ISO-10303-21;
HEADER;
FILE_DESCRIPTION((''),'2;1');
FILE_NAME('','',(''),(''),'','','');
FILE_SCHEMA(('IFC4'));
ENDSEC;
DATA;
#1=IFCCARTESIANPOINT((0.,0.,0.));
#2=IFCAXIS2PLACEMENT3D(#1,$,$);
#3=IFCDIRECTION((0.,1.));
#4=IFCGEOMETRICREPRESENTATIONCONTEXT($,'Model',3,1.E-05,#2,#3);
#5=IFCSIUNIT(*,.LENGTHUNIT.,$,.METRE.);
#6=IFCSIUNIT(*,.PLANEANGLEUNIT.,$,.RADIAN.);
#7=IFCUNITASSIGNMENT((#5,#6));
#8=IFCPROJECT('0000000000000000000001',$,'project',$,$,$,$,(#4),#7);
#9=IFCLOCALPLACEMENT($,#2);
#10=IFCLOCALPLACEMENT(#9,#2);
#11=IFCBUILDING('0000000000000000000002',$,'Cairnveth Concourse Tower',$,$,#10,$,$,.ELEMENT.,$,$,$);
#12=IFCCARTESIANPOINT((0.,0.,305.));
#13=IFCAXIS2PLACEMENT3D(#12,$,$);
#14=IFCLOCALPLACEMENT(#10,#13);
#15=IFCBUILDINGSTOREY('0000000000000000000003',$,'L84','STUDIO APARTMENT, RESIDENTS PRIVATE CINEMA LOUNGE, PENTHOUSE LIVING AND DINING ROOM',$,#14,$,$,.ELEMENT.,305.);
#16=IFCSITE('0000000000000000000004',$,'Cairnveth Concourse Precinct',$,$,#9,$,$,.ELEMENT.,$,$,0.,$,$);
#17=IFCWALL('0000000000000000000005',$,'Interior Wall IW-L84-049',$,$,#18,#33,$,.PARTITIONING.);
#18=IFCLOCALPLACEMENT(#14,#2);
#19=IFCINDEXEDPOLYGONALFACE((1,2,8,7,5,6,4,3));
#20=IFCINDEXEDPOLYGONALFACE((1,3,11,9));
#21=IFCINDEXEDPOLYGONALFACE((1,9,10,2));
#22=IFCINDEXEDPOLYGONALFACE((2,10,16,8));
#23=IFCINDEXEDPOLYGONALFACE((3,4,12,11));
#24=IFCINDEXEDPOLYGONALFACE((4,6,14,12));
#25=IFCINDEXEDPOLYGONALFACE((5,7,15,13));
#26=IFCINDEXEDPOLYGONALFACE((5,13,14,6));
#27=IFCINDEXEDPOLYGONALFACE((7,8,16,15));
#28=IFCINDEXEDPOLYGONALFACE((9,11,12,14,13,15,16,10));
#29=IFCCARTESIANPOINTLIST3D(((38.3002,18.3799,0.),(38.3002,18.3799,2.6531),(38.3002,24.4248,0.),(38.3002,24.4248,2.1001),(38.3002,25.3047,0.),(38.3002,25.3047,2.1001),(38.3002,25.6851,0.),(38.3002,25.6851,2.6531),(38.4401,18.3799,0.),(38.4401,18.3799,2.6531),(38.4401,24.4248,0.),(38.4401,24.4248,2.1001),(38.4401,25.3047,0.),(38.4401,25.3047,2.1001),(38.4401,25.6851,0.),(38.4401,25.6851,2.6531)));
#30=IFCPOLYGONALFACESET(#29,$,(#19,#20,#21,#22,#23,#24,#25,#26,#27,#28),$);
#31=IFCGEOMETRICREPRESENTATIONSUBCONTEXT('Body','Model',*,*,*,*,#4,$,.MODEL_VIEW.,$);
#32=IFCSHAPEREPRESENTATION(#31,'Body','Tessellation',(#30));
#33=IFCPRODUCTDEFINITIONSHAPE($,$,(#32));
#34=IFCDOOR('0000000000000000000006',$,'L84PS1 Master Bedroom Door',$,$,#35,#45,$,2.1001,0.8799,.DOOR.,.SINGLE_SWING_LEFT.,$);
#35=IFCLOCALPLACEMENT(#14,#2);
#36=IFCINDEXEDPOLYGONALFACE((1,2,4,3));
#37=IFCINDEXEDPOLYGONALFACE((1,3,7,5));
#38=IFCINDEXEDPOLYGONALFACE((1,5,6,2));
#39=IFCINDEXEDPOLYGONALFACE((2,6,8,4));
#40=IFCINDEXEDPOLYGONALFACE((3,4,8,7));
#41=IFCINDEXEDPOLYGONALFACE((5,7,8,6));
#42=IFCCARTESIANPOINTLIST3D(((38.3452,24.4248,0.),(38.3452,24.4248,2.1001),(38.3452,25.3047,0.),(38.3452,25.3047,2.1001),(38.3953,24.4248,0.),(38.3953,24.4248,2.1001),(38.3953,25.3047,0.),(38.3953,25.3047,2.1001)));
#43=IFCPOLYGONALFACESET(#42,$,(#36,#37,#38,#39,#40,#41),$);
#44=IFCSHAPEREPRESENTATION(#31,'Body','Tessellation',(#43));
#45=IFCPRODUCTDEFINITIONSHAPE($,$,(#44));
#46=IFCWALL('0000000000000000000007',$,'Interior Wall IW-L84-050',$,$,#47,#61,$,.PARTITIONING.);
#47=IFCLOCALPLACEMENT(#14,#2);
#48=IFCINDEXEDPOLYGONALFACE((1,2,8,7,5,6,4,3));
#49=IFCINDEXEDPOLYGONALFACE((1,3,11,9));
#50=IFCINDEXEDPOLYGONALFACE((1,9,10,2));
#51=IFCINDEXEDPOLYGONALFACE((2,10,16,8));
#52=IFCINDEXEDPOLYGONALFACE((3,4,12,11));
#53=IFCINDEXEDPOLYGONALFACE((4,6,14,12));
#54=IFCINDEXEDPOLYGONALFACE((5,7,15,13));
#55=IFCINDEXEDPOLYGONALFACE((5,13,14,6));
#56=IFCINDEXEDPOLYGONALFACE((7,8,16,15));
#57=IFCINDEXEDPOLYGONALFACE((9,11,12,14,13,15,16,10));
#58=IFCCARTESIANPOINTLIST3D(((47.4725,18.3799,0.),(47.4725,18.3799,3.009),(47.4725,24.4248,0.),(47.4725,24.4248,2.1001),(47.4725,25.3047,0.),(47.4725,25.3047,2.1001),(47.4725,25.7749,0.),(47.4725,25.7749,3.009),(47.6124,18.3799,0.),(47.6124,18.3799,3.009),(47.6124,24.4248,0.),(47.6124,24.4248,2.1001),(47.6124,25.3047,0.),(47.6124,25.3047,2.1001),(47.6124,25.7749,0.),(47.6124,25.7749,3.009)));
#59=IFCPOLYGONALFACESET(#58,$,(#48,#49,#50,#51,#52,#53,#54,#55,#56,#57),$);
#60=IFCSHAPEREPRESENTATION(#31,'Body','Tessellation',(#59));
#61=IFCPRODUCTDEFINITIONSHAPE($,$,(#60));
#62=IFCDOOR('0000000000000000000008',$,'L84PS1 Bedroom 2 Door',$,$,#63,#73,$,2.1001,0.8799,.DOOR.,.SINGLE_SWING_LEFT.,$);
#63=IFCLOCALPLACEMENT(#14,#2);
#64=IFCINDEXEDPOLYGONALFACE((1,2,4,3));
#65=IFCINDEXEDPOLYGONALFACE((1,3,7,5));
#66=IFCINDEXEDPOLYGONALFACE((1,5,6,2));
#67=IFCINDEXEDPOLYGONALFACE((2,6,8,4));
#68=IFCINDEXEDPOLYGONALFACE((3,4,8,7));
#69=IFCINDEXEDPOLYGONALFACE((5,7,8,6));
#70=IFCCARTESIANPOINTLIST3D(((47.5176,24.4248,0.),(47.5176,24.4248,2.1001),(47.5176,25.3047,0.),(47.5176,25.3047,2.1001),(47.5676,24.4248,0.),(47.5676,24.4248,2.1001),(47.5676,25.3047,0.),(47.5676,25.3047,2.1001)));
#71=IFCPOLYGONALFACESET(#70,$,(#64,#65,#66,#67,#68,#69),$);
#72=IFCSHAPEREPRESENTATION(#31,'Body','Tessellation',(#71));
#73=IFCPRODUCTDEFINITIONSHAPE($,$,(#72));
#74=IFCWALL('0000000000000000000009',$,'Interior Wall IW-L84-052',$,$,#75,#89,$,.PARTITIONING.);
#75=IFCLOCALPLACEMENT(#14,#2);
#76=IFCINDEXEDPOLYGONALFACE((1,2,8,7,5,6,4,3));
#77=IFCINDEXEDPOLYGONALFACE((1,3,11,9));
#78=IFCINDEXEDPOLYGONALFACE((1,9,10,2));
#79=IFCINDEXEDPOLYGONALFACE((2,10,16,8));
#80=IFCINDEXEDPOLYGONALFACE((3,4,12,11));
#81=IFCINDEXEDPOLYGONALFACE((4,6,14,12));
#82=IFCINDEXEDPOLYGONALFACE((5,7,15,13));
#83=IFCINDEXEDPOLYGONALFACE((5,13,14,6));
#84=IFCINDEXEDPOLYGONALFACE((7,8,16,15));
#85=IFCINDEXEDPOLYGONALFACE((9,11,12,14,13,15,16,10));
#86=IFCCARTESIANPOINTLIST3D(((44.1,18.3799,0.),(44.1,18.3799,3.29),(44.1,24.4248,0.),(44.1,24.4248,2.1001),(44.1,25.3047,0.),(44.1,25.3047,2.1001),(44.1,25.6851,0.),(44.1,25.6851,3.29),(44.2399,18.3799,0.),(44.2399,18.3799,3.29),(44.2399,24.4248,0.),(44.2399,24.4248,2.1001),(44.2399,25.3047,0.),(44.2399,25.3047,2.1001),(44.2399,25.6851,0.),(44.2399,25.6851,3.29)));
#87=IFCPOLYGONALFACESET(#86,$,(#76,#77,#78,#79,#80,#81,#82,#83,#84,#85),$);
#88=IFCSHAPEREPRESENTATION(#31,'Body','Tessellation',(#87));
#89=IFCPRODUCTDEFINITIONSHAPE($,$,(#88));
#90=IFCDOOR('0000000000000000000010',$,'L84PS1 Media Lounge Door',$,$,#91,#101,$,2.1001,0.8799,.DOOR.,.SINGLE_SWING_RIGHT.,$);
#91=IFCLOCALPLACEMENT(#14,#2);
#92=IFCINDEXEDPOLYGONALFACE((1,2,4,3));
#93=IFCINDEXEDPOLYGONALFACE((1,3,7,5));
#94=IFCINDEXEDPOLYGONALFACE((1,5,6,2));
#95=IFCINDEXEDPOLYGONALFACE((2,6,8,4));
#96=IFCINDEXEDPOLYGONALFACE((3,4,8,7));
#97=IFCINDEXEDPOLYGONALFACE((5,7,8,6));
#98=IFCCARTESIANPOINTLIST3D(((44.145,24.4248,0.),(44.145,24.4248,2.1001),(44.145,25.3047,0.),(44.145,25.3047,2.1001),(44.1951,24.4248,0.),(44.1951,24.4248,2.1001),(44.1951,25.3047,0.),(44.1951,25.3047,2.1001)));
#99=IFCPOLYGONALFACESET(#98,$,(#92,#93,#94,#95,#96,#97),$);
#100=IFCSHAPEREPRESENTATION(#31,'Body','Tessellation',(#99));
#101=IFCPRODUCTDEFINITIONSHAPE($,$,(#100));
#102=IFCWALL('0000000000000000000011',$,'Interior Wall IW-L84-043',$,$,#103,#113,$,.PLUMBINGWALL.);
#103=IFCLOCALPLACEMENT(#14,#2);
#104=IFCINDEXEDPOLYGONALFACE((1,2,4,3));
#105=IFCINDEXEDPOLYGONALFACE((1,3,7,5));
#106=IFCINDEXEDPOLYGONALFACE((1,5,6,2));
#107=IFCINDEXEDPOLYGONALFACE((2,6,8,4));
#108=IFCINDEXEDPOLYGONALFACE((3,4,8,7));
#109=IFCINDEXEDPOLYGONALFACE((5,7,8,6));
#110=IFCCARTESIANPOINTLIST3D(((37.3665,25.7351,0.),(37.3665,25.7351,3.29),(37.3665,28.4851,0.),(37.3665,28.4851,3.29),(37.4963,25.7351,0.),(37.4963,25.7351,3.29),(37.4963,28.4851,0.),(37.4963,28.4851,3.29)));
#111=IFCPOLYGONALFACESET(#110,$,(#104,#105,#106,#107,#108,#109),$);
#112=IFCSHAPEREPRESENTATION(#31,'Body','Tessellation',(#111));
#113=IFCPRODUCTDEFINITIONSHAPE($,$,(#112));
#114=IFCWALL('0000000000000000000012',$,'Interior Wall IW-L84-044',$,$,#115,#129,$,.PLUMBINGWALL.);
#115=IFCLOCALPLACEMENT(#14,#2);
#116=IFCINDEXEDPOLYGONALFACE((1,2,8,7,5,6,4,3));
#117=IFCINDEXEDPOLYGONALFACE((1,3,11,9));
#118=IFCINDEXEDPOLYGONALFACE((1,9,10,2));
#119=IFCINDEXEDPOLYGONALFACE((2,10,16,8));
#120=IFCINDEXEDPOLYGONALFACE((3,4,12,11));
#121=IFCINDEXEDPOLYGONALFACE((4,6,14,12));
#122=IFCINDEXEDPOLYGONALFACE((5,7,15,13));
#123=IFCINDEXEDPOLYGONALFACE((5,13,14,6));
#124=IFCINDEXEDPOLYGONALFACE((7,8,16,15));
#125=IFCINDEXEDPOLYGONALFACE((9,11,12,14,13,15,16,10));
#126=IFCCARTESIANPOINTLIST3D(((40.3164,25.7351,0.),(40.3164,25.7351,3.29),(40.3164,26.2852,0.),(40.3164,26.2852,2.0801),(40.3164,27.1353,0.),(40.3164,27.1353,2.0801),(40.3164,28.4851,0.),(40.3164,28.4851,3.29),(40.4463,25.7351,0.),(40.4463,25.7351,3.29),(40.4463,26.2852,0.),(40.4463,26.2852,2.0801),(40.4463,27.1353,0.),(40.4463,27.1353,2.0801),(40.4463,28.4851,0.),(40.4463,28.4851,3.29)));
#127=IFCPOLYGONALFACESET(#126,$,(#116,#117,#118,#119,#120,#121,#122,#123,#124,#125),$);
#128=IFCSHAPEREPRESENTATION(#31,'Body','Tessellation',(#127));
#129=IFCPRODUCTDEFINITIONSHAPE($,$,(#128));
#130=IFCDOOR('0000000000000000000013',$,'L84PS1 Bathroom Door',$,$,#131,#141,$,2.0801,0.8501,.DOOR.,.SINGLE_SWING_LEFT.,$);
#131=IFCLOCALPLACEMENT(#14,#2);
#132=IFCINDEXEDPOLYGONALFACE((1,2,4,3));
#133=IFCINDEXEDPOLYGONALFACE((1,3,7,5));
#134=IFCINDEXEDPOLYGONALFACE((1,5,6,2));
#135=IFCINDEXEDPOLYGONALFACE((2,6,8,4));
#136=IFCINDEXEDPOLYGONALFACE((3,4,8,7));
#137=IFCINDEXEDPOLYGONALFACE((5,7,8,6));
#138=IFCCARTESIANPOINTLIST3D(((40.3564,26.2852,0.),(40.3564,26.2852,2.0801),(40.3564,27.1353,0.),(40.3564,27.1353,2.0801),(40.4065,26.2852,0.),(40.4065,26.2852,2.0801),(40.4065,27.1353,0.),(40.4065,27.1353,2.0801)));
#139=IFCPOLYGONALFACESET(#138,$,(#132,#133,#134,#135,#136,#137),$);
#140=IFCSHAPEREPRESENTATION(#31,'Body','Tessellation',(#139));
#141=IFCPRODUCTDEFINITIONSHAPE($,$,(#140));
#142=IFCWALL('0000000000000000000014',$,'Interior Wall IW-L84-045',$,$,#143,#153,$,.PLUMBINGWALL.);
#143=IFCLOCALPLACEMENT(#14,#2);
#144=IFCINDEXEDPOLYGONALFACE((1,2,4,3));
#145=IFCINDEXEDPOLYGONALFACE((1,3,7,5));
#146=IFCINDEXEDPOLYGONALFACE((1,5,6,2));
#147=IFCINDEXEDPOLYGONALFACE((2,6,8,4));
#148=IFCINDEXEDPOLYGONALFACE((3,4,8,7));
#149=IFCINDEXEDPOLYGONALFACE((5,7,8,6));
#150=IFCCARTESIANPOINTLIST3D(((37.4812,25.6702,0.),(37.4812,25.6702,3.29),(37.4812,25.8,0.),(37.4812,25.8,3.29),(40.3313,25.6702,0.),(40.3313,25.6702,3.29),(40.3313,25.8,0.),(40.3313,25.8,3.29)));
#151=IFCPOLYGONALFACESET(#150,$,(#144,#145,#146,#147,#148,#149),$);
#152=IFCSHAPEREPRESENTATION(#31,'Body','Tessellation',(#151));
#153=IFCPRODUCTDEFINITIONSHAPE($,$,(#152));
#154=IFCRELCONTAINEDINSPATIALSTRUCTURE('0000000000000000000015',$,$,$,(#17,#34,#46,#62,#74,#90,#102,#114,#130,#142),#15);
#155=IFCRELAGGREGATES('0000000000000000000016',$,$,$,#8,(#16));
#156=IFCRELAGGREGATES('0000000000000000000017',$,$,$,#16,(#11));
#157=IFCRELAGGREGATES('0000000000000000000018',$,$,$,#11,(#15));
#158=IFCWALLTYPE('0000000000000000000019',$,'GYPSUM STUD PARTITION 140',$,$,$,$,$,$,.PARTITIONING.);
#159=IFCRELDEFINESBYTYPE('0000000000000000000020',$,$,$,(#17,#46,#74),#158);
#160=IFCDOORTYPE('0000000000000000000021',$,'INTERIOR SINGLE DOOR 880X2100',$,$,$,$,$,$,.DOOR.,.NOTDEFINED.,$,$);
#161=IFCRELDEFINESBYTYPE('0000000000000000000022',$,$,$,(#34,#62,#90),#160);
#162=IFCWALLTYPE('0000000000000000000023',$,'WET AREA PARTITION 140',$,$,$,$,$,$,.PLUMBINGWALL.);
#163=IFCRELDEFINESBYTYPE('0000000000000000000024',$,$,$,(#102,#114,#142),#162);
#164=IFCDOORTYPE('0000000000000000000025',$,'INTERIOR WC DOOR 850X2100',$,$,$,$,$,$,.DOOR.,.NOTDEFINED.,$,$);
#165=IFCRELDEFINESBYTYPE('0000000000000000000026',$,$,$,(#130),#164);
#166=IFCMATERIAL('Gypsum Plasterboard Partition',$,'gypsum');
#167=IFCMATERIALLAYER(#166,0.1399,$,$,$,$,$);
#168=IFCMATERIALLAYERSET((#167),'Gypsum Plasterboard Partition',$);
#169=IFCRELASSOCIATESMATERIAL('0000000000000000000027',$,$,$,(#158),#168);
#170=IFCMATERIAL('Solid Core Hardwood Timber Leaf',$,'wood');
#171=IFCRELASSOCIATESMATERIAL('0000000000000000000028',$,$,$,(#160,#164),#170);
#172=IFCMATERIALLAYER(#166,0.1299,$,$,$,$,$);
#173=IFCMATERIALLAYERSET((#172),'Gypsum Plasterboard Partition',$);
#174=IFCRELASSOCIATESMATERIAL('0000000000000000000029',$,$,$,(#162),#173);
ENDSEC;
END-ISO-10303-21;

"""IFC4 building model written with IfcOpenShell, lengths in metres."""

from ifc_helpers import new_model, si_unit, direction, frame, frame_2d, origin, place, context, subcontext, project, spatial, rectangle, extrude, material, layer, layer_set, type_object, element, fill, save


model = new_model("IFC4")

# Units and contexts
model_context = context("Model", 3, precision=1e-05, world=origin(), true_north=direction((0.0, 1.0)))
body_context = subcontext(model_context, "Body", "Model", "MODEL_VIEW")
ifc_project = project(units=[si_unit("LENGTHUNIT", "METRE"), si_unit("PLANEANGLEUNIT", "RADIAN")], contexts=[model_context])

# Site, building, storey
site_placement = place(None, origin())
site = spatial("IfcSite", under=ifc_project, at=site_placement, Name="Cairnveth Concourse Precinct", CompositionType="ELEMENT", RefElevation=0.0)
building_placement = place(site_placement, origin())
building = spatial("IfcBuilding", under=site, at=building_placement, Name="Cairnveth Concourse Tower", CompositionType="ELEMENT")
storey_placement = place(building_placement, frame((0.0, 0.0, 305.0)))
storey = spatial("IfcBuildingStorey", under=building, at=storey_placement, Name="L84", Description="STUDIO APARTMENT, RESIDENTS PRIVATE CINEMA LOUNGE, PENTHOUSE LIVING AND DINING ROOM", CompositionType="ELEMENT", Elevation=305.0)

# Shared definitions
ifc_material_1 = material(Name="Gypsum Plasterboard Partition", Category="gypsum")

# Walls, openings, doors
ifc_layer_1 = layer(ifc_material_1, 0.1399)
ifc_layer_set_1 = layer_set([ifc_layer_1], Name="Gypsum Plasterboard Partition")
wall_type_1 = type_object("IfcWallType", Name="GYPSUM STUD PARTITION 140", PredefinedType="PARTITIONING", material=ifc_layer_set_1)
wall_1_placement = place(storey_placement, frame((38.3701, 18.3799, 0.0), z_axis=(0.0, 0.0, 1.0), x_axis=(0.0, 1.0, 0.0)))
wall_1 = element("IfcWall", 1, at=wall_1_placement, inside=storey, type_object=wall_type_1, Name="Interior Wall IW-L84-049", PredefinedType="PARTITIONING", context=body_context, shape_type="SweptSolid", body=[
    extrude(rectangle(XDim=7.3052, YDim=0.1399, at=frame_2d((3.6526, 0.0))), origin(), (0.0, 0.0, 1.0), 2.6531),
])
opening_1_placement = place(wall_1_placement, frame((6.0449, 0.0, 0.0)))
opening_1 = element("IfcOpeningElement", 2, at=opening_1_placement, cuts=wall_1, PredefinedType="OPENING", context=body_context, shape_type="SweptSolid", body=[
    extrude(rectangle(XDim=0.8799, YDim=2.1001, at=frame_2d((0.4399, 1.05))), frame((0.0, 0.0798, 0.0), z_axis=(0.0, -1.0, 0.0), x_axis=(1.0, 0.0, 0.0)), (0.0, 0.0, 1.0), 0.1599),
])
ifc_material_2 = material(Name="Solid Core Hardwood Timber Leaf", Category="wood")
door_type_1 = type_object("IfcDoorType", Name="INTERIOR SINGLE DOOR 880X2100", OperationType="NOTDEFINED", PredefinedType="DOOR", material=ifc_material_2)
door_1_placement = place(opening_1_placement, origin())
door_1 = element("IfcDoor", 3, at=door_1_placement, inside=storey, type_object=door_type_1, Name="L84PS1 Master Bedroom Door", OperationType="SINGLE_SWING_LEFT", OverallHeight=2.1001, OverallWidth=0.8799, PredefinedType="DOOR", context=body_context, shape_type="SweptSolid", body=[
    extrude(rectangle(XDim=0.8799, YDim=2.1001, at=frame_2d((0.4399, 1.05))), frame((0.0, 0.0249, 0.0), z_axis=(0.0, -1.0, 0.0), x_axis=(1.0, 0.0, 0.0)), (0.0, 0.0, 1.0), 0.05),
])
fill(opening_1, door_1)
wall_2_placement = place(storey_placement, frame((47.5425, 18.3799, 0.0), z_axis=(0.0, 0.0, 1.0), x_axis=(0.0, 1.0, 0.0)))
wall_2 = element("IfcWall", 4, at=wall_2_placement, inside=storey, type_object=wall_type_1, Name="Interior Wall IW-L84-050", PredefinedType="PARTITIONING", context=body_context, shape_type="SweptSolid", body=[
    extrude(rectangle(XDim=7.395, YDim=0.1399, at=frame_2d((3.6975, 0.0))), origin(), (0.0, 0.0, 1.0), 3.009),
])
opening_2_placement = place(wall_2_placement, frame((6.0449, 0.0, 0.0)))
opening_2 = element("IfcOpeningElement", 5, at=opening_2_placement, cuts=wall_2, PredefinedType="OPENING", context=body_context, shape_type="SweptSolid", body=[
    extrude(rectangle(XDim=0.8799, YDim=2.1001, at=frame_2d((0.4399, 1.05))), frame((0.0, 0.0798, 0.0), z_axis=(0.0, -1.0, 0.0), x_axis=(1.0, 0.0, 0.0)), (0.0, 0.0, 1.0), 0.1599),
])
door_2_placement = place(opening_2_placement, origin())
door_2 = element("IfcDoor", 6, at=door_2_placement, inside=storey, type_object=door_type_1, Name="L84PS1 Bedroom 2 Door", OperationType="SINGLE_SWING_LEFT", OverallHeight=2.1001, OverallWidth=0.8799, PredefinedType="DOOR", context=body_context, shape_type="SweptSolid", body=[
    extrude(rectangle(XDim=0.8799, YDim=2.1001, at=frame_2d((0.4399, 1.05))), frame((0.0, 0.0249, 0.0), z_axis=(0.0, -1.0, 0.0), x_axis=(1.0, 0.0, 0.0)), (0.0, 0.0, 1.0), 0.05),
])
fill(opening_2, door_2)
wall_3_placement = place(storey_placement, frame((44.1699, 18.3799, 0.0), z_axis=(0.0, 0.0, 1.0), x_axis=(0.0, 1.0, 0.0)))
wall_3 = element("IfcWall", 7, at=wall_3_placement, inside=storey, type_object=wall_type_1, Name="Interior Wall IW-L84-052", PredefinedType="PARTITIONING", context=body_context, shape_type="SweptSolid", body=[
    extrude(rectangle(XDim=7.3052, YDim=0.1399, at=frame_2d((3.6526, 0.0))), origin(), (0.0, 0.0, 1.0), 3.29),
])
opening_3_placement = place(wall_3_placement, frame((6.0449, 0.0, 0.0)))
opening_3 = element("IfcOpeningElement", 8, at=opening_3_placement, cuts=wall_3, PredefinedType="OPENING", context=body_context, shape_type="SweptSolid", body=[
    extrude(rectangle(XDim=0.8799, YDim=2.1001, at=frame_2d((0.4399, 1.05))), frame((0.0, 0.0798, 0.0), z_axis=(0.0, -1.0, 0.0), x_axis=(1.0, 0.0, 0.0)), (0.0, 0.0, 1.0), 0.1599),
])
door_3_placement = place(opening_3_placement, origin())
door_3 = element("IfcDoor", 9, at=door_3_placement, inside=storey, type_object=door_type_1, Name="L84PS1 Media Lounge Door", OperationType="SINGLE_SWING_RIGHT", OverallHeight=2.1001, OverallWidth=0.8799, PredefinedType="DOOR", context=body_context, shape_type="SweptSolid", body=[
    extrude(rectangle(XDim=0.8799, YDim=2.1001, at=frame_2d((0.4399, 1.05))), frame((0.0, 0.0249, 0.0), z_axis=(0.0, -1.0, 0.0), x_axis=(1.0, 0.0, 0.0)), (0.0, 0.0, 1.0), 0.05),
])
fill(opening_3, door_3)

# Wall
ifc_layer_2 = layer(ifc_material_1, 0.1299)
ifc_layer_set_2 = layer_set([ifc_layer_2], Name="Gypsum Plasterboard Partition")
wall_type_2 = type_object("IfcWallType", Name="WET AREA PARTITION 140", PredefinedType="PLUMBINGWALL", material=ifc_layer_set_2)
wall_4_placement = place(storey_placement, frame((37.4314, 25.7351, 0.0), z_axis=(0.0, 0.0, 1.0), x_axis=(0.0, 1.0, 0.0)))
element("IfcWall", 10, at=wall_4_placement, inside=storey, type_object=wall_type_2, Name="Interior Wall IW-L84-043", PredefinedType="PLUMBINGWALL", context=body_context, shape_type="SweptSolid", body=[
    extrude(rectangle(XDim=2.75, YDim=0.1299, at=frame_2d((1.375, 0.0))), origin(), (0.0, 0.0, 1.0), 3.29),
])

# Wall, opening, door
wall_5_placement = place(storey_placement, frame((40.3813, 25.7351, 0.0), z_axis=(0.0, 0.0, 1.0), x_axis=(0.0, 1.0, 0.0)))
wall_5 = element("IfcWall", 11, at=wall_5_placement, inside=storey, type_object=wall_type_2, Name="Interior Wall IW-L84-044", PredefinedType="PLUMBINGWALL", context=body_context, shape_type="SweptSolid", body=[
    extrude(rectangle(XDim=2.75, YDim=0.1299, at=frame_2d((1.375, 0.0))), origin(), (0.0, 0.0, 1.0), 3.29),
])
opening_4_placement = place(wall_5_placement, frame((0.55, 0.0, 0.0)))
opening_4 = element("IfcOpeningElement", 12, at=opening_4_placement, cuts=wall_5, PredefinedType="OPENING", context=body_context, shape_type="SweptSolid", body=[
    extrude(rectangle(XDim=0.8501, YDim=2.0801, at=frame_2d((0.425, 1.04))), frame((0.0, 0.075, 0.0), z_axis=(0.0, -1.0, 0.0), x_axis=(1.0, 0.0, 0.0)), (0.0, 0.0, 1.0), 0.1499),
])
door_type_2 = type_object("IfcDoorType", Name="INTERIOR WC DOOR 850X2100", OperationType="NOTDEFINED", PredefinedType="DOOR", material=ifc_material_2)
door_4_placement = place(opening_4_placement, origin())
door_4 = element("IfcDoor", 13, at=door_4_placement, inside=storey, type_object=door_type_2, Name="L84PS1 Bathroom Door", OperationType="SINGLE_SWING_LEFT", OverallHeight=2.0801, OverallWidth=0.8501, PredefinedType="DOOR", context=body_context, shape_type="SweptSolid", body=[
    extrude(rectangle(XDim=0.8501, YDim=2.0801, at=frame_2d((0.425, 1.04))), frame((0.0, 0.0249, 0.0), z_axis=(0.0, -1.0, 0.0), x_axis=(1.0, 0.0, 0.0)), (0.0, 0.0, 1.0), 0.05),
])
fill(opening_4, door_4)

# Wall
wall_6_placement = place(storey_placement, frame((37.4812, 25.7351, 0.0), z_axis=(0.0, 0.0, 1.0), x_axis=(1.0, 0.0, 0.0)))
element("IfcWall", 14, at=wall_6_placement, inside=storey, type_object=wall_type_2, Name="Interior Wall IW-L84-045", PredefinedType="PLUMBINGWALL", context=body_context, shape_type="SweptSolid", body=[
    extrude(rectangle(XDim=2.8501, YDim=0.1299, at=frame_2d((1.425, 0.0))), origin(), (0.0, 0.0, 1.0), 3.29),
])

save(model, "model.ifc")
